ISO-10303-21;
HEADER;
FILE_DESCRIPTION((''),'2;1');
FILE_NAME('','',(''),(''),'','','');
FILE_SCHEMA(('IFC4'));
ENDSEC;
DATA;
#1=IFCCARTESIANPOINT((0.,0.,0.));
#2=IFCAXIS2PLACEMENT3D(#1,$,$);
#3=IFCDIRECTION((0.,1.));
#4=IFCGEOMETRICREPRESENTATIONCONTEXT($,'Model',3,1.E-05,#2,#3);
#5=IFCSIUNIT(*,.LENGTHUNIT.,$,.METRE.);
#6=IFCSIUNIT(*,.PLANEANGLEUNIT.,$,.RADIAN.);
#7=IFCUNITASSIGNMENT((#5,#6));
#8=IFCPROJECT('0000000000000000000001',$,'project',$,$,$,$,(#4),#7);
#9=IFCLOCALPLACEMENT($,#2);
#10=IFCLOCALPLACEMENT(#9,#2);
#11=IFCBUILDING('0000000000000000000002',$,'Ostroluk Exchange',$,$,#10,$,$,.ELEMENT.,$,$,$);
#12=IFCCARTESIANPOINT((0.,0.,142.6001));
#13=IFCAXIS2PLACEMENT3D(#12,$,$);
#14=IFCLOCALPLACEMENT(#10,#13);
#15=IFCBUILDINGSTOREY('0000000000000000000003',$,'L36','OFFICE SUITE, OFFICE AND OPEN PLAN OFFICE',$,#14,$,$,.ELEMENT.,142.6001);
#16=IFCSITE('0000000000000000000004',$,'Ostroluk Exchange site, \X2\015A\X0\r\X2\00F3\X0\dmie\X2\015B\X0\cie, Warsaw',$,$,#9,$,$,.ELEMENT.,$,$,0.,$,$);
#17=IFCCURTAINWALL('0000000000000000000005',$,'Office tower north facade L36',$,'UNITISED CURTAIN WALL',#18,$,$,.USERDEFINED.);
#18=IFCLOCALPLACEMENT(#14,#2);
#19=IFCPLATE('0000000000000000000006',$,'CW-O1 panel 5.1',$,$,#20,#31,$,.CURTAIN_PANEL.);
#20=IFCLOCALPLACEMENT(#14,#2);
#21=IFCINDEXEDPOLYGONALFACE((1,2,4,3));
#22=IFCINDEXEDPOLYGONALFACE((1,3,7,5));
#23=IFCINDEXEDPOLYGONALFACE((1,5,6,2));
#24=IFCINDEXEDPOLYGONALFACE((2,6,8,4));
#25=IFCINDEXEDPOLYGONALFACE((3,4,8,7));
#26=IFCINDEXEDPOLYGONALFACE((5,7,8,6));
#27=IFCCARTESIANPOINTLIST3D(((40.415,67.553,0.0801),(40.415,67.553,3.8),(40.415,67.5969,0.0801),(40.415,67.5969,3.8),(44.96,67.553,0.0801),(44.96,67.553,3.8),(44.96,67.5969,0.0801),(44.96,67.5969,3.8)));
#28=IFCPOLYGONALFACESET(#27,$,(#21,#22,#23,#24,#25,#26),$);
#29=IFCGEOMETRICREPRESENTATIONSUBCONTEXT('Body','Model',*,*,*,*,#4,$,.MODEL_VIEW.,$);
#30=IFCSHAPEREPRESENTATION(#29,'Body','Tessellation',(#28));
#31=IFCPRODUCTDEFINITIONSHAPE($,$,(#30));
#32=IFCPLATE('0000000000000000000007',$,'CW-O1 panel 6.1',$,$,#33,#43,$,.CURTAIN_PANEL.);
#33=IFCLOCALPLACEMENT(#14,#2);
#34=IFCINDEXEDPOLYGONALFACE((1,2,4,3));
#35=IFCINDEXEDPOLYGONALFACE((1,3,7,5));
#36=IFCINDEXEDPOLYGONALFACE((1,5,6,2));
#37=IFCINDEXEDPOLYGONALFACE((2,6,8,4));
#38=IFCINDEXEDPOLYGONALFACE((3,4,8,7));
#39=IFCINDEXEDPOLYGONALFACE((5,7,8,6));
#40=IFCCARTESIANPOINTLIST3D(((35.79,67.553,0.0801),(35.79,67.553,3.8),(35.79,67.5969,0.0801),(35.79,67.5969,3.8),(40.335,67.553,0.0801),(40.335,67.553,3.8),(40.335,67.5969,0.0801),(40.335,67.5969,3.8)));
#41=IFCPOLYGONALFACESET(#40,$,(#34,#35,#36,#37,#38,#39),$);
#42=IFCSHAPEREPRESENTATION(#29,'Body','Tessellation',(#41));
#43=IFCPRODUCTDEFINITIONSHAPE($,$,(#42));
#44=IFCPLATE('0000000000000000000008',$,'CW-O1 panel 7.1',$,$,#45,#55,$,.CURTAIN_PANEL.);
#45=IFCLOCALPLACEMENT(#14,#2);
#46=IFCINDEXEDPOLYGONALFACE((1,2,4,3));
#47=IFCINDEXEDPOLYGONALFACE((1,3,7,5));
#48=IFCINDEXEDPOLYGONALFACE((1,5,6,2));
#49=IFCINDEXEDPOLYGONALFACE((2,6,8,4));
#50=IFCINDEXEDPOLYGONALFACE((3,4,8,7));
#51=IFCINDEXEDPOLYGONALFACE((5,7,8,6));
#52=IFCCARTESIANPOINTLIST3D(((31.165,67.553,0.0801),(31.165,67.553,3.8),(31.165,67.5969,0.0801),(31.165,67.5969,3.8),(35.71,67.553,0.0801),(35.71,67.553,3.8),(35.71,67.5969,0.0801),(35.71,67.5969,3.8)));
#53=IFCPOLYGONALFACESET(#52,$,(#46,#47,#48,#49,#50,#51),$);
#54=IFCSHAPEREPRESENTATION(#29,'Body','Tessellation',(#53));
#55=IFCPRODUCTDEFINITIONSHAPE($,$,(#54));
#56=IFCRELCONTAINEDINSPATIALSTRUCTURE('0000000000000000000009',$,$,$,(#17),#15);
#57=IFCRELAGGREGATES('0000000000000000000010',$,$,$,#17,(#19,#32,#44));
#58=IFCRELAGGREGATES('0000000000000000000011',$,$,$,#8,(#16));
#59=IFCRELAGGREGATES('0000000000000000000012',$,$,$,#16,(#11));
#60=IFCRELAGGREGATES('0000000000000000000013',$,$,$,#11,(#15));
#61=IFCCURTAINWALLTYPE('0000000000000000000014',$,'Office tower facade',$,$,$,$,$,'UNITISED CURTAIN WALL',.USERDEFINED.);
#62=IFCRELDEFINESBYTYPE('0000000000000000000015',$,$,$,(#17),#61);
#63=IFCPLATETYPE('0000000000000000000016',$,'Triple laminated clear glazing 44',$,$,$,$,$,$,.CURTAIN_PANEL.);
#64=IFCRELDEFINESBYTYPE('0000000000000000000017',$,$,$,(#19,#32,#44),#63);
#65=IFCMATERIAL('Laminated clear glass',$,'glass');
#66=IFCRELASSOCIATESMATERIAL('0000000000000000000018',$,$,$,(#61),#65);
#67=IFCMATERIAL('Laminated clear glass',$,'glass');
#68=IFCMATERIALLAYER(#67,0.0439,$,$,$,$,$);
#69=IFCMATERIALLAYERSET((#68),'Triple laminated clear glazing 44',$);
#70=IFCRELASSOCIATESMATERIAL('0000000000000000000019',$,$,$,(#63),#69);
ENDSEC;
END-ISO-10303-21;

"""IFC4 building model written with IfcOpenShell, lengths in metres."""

from ifc_helpers import new_model, si_unit, direction, frame, origin, origin_2d, place, context, subcontext, project, spatial, rectangle, extrude, material, layer, layer_set, type_object, element, aggregate, save


model = new_model("IFC4")

# Units and contexts
model_context = context("Model", 3, precision=1e-05, world=origin(), true_north=direction((0.0, 1.0)))
body_context = subcontext(model_context, "Body", "Model", "MODEL_VIEW")
ifc_project = project(units=[si_unit("LENGTHUNIT", "METRE"), si_unit("PLANEANGLEUNIT", "RADIAN")], contexts=[model_context])

# Site, building, storey
site_placement = place(None, origin())
site = spatial("IfcSite", under=ifc_project, at=site_placement, Name="Ostroluk Exchange site, Śródmieście, Warsaw", CompositionType="ELEMENT", RefElevation=0.0)
building_placement = place(site_placement, origin())
building = spatial("IfcBuilding", under=site, at=building_placement, Name="Ostroluk Exchange", CompositionType="ELEMENT")
storey_placement = place(building_placement, frame((0.0, 0.0, 142.6001)))
storey = spatial("IfcBuildingStorey", under=building, at=storey_placement, Name="L36", Description="OFFICE SUITE, OFFICE AND OPEN PLAN OFFICE", CompositionType="ELEMENT", Elevation=142.6001)

# Curtain wall, plates
ifc_material_1 = material(Name="Laminated clear glass", Category="glass")
curtain_wall_type = type_object("IfcCurtainWallType", Name="Office tower facade", ElementType="UNITISED CURTAIN WALL", PredefinedType="USERDEFINED", material=ifc_material_1)
curtain_wall_placement = place(storey_placement, origin())
curtain_wall = element("IfcCurtainWall", 1, at=curtain_wall_placement, inside=storey, type_object=curtain_wall_type, Name="Office tower north facade L36", ObjectType="UNITISED CURTAIN WALL", PredefinedType="USERDEFINED")
ifc_material_2 = material(Name="Laminated clear glass", Category="glass")
ifc_layer_1 = layer(ifc_material_2, 0.0439)
ifc_layer_set_1 = layer_set([ifc_layer_1], Name="Triple laminated clear glazing 44")
plate_type = type_object("IfcPlateType", Name="Triple laminated clear glazing 44", PredefinedType="CURTAIN_PANEL", material=ifc_layer_set_1)
plate_1_placement = place(storey_placement, frame((42.6875, 67.575, 0.0801), z_axis=(0.0, 0.0, 1.0), x_axis=(-1.0, 0.0, 0.0)))
plate_1 = element("IfcPlate", 2, at=plate_1_placement, type_object=plate_type, Name="CW-O1 panel 5.1", PredefinedType="CURTAIN_PANEL", context=body_context, shape_type="SweptSolid", body=[
    extrude(rectangle(XDim=4.5449, YDim=0.0439, at=origin_2d()), origin(), (0.0, 0.0, 1.0), 3.72),
])
plate_2_placement = place(storey_placement, frame((38.0625, 67.575, 0.0801), z_axis=(0.0, 0.0, 1.0), x_axis=(-1.0, 0.0, 0.0)))
plate_2 = element("IfcPlate", 3, at=plate_2_placement, type_object=plate_type, Name="CW-O1 panel 6.1", PredefinedType="CURTAIN_PANEL", context=body_context, shape_type="SweptSolid", body=[
    extrude(rectangle(XDim=4.5449, YDim=0.0439, at=origin_2d()), origin(), (0.0, 0.0, 1.0), 3.72),
])
plate_3_placement = place(storey_placement, frame((33.4375, 67.575, 0.0801), z_axis=(0.0, 0.0, 1.0), x_axis=(-1.0, 0.0, 0.0)))
plate_3 = element("IfcPlate", 4, at=plate_3_placement, type_object=plate_type, Name="CW-O1 panel 7.1", PredefinedType="CURTAIN_PANEL", context=body_context, shape_type="SweptSolid", body=[
    extrude(rectangle(XDim=4.5449, YDim=0.0439, at=origin_2d()), origin(), (0.0, 0.0, 1.0), 3.72),
])
aggregate(curtain_wall, [plate_1, plate_2, plate_3])

save(model, "model.ifc")
